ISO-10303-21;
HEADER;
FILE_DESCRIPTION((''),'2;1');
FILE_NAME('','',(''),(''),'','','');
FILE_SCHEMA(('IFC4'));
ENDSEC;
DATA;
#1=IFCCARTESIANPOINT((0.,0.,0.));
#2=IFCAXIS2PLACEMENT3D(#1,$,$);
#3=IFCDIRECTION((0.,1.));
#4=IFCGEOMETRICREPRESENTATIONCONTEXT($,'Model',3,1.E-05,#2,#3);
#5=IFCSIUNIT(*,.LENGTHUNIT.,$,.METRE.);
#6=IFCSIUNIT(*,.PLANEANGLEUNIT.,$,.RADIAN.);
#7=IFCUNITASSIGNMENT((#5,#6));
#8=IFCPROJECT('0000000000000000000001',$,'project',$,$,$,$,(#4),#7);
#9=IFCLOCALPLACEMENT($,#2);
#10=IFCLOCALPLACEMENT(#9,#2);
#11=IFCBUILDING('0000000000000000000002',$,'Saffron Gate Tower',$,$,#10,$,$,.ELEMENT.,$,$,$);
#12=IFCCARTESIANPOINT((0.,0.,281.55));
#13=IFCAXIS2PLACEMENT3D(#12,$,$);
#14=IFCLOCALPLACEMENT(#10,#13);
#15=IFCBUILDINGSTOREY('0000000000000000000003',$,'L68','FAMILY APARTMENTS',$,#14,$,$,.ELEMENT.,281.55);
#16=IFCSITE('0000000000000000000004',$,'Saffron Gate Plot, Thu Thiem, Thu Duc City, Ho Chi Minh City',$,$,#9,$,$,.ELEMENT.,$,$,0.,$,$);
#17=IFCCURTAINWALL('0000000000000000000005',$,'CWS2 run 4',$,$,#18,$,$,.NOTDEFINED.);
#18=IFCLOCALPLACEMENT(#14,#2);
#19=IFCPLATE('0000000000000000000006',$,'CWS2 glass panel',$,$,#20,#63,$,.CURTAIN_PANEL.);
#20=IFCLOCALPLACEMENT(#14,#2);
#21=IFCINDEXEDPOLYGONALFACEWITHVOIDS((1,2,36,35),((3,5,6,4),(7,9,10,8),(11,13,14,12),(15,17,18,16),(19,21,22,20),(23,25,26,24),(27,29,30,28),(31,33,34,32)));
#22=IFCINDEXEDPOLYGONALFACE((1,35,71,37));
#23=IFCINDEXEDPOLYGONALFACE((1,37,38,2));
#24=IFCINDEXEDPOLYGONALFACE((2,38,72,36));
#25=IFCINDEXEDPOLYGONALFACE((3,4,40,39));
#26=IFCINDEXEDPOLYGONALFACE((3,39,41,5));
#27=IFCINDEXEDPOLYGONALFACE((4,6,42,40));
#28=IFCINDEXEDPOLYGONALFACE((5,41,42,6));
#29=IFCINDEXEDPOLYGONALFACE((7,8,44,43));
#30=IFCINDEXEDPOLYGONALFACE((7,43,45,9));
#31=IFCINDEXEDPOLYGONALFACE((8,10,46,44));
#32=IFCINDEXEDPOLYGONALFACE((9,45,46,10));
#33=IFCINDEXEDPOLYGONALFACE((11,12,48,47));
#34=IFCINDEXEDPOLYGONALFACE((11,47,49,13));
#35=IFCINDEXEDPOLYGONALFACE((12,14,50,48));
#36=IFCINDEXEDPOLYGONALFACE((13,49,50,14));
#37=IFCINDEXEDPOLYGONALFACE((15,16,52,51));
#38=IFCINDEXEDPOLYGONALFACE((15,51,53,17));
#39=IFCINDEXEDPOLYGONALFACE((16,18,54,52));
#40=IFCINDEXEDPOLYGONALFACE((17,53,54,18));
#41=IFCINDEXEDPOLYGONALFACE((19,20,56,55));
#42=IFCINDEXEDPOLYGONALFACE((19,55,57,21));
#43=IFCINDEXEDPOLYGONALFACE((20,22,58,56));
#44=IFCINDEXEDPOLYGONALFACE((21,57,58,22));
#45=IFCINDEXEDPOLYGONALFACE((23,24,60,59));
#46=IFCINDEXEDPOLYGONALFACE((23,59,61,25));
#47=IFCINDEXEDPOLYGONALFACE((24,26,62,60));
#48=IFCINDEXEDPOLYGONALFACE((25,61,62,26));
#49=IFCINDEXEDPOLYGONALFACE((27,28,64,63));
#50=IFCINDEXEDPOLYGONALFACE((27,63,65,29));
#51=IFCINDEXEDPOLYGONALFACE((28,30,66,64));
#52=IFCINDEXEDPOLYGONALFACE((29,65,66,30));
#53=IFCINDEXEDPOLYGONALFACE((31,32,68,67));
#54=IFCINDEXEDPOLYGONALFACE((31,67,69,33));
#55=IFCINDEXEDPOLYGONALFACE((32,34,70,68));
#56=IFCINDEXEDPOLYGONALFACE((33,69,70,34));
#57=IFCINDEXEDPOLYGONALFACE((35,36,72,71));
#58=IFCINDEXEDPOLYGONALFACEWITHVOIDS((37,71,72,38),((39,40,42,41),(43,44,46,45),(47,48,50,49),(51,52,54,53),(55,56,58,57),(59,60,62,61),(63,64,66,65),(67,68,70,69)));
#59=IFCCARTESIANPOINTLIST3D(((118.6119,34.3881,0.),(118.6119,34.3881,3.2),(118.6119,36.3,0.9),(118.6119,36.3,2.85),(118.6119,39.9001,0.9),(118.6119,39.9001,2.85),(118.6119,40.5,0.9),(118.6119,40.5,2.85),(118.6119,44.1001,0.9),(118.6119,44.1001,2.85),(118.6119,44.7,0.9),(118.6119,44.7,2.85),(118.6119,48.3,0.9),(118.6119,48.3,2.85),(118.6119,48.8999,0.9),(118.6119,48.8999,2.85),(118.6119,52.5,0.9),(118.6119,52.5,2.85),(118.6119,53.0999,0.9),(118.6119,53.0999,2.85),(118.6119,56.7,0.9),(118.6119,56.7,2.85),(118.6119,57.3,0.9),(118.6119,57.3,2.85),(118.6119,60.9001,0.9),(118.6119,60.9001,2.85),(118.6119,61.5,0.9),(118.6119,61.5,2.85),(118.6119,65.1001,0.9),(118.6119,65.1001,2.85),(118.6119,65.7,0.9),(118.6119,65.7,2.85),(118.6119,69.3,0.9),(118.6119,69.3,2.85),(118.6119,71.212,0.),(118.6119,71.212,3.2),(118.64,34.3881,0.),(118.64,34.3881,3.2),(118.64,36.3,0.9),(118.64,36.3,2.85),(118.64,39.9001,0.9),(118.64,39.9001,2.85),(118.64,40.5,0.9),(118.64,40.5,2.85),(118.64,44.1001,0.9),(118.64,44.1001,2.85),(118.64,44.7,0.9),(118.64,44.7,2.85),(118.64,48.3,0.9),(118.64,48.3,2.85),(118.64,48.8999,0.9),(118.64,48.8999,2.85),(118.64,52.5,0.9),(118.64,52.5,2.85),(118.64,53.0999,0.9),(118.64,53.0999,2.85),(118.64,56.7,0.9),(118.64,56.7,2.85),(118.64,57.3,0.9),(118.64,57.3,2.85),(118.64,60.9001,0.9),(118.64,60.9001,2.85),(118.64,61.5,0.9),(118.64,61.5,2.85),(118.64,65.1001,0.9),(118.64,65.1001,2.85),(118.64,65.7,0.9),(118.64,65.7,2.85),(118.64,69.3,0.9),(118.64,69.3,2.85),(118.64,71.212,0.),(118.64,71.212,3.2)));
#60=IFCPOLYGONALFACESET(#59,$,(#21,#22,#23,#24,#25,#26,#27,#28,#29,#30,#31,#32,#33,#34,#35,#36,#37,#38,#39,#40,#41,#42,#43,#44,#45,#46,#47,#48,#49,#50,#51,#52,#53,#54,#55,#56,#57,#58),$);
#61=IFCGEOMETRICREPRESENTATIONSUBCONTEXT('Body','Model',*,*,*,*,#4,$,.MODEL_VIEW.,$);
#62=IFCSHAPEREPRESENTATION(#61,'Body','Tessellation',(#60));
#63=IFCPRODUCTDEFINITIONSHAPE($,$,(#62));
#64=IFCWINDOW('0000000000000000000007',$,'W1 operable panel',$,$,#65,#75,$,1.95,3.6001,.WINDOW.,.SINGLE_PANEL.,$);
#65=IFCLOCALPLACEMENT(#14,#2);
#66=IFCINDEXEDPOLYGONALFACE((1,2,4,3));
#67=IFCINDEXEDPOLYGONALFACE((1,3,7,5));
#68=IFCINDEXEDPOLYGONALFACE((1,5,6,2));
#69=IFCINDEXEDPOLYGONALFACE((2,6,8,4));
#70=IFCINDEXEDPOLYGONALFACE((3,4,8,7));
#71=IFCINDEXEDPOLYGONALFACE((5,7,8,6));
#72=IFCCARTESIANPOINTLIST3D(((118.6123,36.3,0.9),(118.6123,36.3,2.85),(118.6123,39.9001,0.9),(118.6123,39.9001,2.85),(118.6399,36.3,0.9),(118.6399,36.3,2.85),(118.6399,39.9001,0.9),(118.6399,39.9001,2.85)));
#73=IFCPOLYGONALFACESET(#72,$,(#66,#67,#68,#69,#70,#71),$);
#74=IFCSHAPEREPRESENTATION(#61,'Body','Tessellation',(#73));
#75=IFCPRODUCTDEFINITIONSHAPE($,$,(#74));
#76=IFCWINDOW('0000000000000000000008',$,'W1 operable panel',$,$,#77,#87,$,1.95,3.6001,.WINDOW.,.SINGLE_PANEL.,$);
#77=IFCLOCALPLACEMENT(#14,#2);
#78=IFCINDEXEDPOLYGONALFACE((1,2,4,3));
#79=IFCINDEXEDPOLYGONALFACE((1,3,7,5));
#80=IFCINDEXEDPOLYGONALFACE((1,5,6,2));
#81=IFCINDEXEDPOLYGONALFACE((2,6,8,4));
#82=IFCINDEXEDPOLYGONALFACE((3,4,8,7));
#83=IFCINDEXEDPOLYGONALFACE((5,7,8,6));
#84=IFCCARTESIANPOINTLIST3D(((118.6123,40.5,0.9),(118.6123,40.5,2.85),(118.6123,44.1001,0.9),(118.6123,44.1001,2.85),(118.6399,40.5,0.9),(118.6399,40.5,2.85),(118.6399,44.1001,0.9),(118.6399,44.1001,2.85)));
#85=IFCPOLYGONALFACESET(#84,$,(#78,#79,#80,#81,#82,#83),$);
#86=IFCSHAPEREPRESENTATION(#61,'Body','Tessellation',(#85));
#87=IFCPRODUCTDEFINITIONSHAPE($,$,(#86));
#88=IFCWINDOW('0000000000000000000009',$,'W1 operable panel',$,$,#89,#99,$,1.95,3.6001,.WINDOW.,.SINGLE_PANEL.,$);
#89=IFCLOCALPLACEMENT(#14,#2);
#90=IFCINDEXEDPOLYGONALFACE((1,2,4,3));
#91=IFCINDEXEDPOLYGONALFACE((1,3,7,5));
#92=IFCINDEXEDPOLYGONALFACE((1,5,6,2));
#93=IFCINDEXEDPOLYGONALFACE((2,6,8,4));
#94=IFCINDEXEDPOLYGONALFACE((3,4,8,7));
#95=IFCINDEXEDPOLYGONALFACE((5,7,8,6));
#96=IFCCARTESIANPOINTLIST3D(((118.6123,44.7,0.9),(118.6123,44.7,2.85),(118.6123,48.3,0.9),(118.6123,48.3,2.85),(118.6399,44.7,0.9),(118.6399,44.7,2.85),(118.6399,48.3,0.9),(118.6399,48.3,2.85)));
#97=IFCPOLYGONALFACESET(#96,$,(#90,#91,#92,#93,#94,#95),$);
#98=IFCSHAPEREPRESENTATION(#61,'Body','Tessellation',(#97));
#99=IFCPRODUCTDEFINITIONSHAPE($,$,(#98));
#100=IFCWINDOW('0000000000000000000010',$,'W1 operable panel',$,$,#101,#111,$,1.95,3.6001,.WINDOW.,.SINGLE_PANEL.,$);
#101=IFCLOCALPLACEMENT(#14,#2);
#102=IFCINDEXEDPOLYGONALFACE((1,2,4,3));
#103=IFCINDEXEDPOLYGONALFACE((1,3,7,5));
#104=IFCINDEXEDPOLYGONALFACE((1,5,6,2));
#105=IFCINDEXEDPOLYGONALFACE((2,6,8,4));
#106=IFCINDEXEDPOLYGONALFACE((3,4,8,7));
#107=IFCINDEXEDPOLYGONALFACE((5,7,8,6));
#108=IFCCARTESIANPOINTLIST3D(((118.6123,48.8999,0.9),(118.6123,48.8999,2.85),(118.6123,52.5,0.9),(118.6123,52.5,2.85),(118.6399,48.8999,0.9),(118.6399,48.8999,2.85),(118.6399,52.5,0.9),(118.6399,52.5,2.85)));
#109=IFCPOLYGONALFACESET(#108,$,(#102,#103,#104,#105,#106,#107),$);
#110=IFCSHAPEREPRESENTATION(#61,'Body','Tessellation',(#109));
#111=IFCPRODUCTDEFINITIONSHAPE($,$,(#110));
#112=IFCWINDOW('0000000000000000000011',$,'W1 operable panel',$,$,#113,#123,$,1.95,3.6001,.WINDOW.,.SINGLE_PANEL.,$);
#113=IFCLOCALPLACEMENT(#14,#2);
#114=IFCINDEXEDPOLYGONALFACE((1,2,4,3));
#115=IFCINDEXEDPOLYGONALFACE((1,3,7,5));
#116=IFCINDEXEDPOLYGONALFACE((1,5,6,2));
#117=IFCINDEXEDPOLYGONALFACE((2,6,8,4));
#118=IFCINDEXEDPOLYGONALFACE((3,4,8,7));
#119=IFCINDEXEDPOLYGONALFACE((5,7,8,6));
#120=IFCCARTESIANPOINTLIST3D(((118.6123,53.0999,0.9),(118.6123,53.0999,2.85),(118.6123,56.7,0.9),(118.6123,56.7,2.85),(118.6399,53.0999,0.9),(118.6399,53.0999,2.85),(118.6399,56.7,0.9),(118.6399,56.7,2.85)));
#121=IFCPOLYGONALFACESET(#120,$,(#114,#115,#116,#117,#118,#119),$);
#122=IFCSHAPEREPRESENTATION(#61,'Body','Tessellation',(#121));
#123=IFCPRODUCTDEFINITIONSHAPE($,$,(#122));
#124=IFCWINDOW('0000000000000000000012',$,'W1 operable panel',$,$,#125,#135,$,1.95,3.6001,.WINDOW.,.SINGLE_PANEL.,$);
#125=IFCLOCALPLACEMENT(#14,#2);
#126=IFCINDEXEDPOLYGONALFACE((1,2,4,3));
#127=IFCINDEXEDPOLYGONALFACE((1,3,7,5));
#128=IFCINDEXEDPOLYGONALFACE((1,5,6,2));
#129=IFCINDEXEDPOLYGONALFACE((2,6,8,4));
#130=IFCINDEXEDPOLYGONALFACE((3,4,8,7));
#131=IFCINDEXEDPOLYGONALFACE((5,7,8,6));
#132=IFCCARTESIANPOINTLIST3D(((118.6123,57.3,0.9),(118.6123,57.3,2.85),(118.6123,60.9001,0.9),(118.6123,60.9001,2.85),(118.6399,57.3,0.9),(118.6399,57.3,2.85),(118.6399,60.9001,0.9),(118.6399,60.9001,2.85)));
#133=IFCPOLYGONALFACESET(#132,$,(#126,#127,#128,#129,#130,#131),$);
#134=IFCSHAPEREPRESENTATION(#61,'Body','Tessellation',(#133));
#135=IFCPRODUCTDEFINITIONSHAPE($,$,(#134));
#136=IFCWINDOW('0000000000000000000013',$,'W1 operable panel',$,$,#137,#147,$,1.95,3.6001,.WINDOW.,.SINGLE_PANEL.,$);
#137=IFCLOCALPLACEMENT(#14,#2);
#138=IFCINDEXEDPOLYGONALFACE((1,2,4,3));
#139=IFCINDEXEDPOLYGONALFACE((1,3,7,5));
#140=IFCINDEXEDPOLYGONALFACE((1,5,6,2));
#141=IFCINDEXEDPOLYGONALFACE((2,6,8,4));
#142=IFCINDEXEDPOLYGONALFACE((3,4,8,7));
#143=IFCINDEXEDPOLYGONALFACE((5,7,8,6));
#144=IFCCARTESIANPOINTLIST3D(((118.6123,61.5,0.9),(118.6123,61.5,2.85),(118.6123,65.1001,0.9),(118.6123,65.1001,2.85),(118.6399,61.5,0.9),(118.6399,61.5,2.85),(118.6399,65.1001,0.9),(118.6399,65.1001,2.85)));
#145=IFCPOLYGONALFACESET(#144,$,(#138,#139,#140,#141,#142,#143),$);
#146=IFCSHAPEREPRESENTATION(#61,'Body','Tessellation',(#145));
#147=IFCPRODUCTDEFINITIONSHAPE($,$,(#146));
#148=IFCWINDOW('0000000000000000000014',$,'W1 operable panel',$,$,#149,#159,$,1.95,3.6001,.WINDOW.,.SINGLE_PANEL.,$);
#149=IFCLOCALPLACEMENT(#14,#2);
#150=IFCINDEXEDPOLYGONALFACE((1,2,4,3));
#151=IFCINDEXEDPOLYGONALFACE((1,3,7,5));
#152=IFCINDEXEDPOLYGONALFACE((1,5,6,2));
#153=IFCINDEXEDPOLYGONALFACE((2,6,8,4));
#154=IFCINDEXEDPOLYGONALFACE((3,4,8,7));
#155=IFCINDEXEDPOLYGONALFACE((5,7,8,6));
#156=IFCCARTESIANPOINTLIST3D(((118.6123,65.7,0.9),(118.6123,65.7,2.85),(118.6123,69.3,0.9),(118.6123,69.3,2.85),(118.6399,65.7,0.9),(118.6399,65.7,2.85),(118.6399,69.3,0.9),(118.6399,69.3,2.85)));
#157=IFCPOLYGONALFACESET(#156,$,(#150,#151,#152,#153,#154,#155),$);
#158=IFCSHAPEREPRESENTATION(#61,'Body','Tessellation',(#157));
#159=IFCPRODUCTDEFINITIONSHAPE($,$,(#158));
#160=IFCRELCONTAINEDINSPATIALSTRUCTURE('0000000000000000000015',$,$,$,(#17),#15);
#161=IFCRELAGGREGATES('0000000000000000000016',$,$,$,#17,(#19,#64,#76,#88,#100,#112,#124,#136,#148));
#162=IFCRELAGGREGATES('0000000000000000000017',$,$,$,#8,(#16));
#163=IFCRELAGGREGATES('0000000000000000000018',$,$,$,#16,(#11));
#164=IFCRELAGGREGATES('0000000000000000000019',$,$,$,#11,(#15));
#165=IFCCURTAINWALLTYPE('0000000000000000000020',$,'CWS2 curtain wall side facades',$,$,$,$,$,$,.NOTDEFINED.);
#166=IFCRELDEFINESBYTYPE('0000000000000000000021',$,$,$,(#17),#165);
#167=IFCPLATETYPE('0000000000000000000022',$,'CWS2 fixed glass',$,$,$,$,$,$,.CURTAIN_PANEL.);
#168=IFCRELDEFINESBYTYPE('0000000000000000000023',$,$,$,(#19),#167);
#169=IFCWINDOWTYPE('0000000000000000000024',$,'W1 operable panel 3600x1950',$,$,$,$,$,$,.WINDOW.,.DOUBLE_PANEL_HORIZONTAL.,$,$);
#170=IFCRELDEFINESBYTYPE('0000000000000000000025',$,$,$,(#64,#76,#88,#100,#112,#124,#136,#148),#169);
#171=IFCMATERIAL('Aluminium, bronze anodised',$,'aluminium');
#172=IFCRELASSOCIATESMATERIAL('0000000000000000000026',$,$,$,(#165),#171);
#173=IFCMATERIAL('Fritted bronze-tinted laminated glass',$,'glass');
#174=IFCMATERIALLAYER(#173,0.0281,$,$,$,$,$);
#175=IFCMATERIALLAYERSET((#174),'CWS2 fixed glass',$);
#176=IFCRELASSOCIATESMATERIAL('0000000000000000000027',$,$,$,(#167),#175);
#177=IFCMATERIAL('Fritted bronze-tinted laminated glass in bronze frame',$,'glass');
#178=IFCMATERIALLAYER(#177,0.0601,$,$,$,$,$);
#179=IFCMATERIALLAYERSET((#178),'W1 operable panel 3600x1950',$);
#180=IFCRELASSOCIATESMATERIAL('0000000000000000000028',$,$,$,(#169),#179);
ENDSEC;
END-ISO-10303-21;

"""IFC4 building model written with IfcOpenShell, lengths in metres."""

from ifc_helpers import new_model, si_unit, direction, frame, frame_2d, origin, place, context, subcontext, project, spatial, rectangle, extrude, material, layer, layer_set, type_object, element, fill, aggregate, save


model = new_model("IFC4")

# Units and contexts
model_context = context("Model", 3, precision=1e-05, world=origin(), true_north=direction((0.0, 1.0)))
body_context = subcontext(model_context, "Body", "Model", "MODEL_VIEW")
ifc_project = project(units=[si_unit("LENGTHUNIT", "METRE"), si_unit("PLANEANGLEUNIT", "RADIAN")], contexts=[model_context])

# Site, building, storey
site_placement = place(None, origin())
site = spatial("IfcSite", under=ifc_project, at=site_placement, Name="Saffron Gate Plot, Thu Thiem, Thu Duc City, Ho Chi Minh City", CompositionType="ELEMENT", RefElevation=0.0)
building_placement = place(site_placement, origin())
building = spatial("IfcBuilding", under=site, at=building_placement, Name="Saffron Gate Tower", CompositionType="ELEMENT")
storey_placement = place(building_placement, frame((0.0, 0.0, 281.55)))
storey = spatial("IfcBuildingStorey", under=building, at=storey_placement, Name="L68", Description="FAMILY APARTMENTS", CompositionType="ELEMENT", Elevation=281.55)

# Curtain wall
ifc_material_1 = material(Name="Aluminium, bronze anodised", Category="aluminium")
curtain_wall_type_1 = type_object("IfcCurtainWallType", Name="CWS2 curtain wall side facades", PredefinedType="NOTDEFINED", material=ifc_material_1)
curtain_wall_1_placement = place(storey_placement, origin())
curtain_wall_1 = element("IfcCurtainWall", 1, at=curtain_wall_1_placement, inside=storey, type_object=curtain_wall_type_1, Name="CWS2 run 4", PredefinedType="NOTDEFINED")

# Plate, openings, windows
ifc_material_2 = material(Name="Fritted bronze-tinted laminated glass", Category="glass")
ifc_layer_1 = layer(ifc_material_2, 0.0281)
ifc_layer_set_1 = layer_set([ifc_layer_1], Name="CWS2 fixed glass")
plate_type_1 = type_object("IfcPlateType", Name="CWS2 fixed glass", PredefinedType="CURTAIN_PANEL", material=ifc_layer_set_1)
plate_1_placement = place(storey_placement, frame((118.626, 34.3879, 0.0), z_axis=(0.0, 0.0, 1.0), x_axis=(0.0, 1.0, 0.0)))
plate_1 = element("IfcPlate", 2, at=plate_1_placement, type_object=plate_type_1, Name="CWS2 glass panel", PredefinedType="CURTAIN_PANEL", context=body_context, shape_type="SweptSolid", body=[
    extrude(rectangle(XDim=36.824, YDim=0.0281, at=frame_2d((18.4121, 0.0))), origin(), (0.0, 0.0, 1.0), 3.2),
])
opening_1_placement = place(plate_1_placement, frame((1.9121, 0.0, 0.8999)))
opening_1 = element("IfcOpeningElement", 3, at=opening_1_placement, cuts=plate_1, PredefinedType="OPENING", context=body_context, shape_type="SweptSolid", body=[
    extrude(rectangle(XDim=3.6001, YDim=1.95, at=frame_2d((1.8, 0.9751))), frame((0.0, 0.0239, 0.0), z_axis=(0.0, -1.0, 0.0), x_axis=(1.0, 0.0, 0.0)), (0.0, 0.0, 1.0), 0.0481),
])
opening_2_placement = place(plate_1_placement, frame((6.1121, 0.0, 0.8999)))
opening_2 = element("IfcOpeningElement", 4, at=opening_2_placement, cuts=plate_1, PredefinedType="OPENING", context=body_context, shape_type="SweptSolid", body=[
    extrude(rectangle(XDim=3.6001, YDim=1.95, at=frame_2d((1.8, 0.9751))), frame((0.0, 0.0239, 0.0), z_axis=(0.0, -1.0, 0.0), x_axis=(1.0, 0.0, 0.0)), (0.0, 0.0, 1.0), 0.0481),
])
opening_3_placement = place(plate_1_placement, frame((10.312, 0.0, 0.8999)))
opening_3 = element("IfcOpeningElement", 5, at=opening_3_placement, cuts=plate_1, PredefinedType="OPENING", context=body_context, shape_type="SweptSolid", body=[
    extrude(rectangle(XDim=3.6001, YDim=1.95, at=frame_2d((1.8, 0.9751))), frame((0.0, 0.0239, 0.0), z_axis=(0.0, -1.0, 0.0), x_axis=(1.0, 0.0, 0.0)), (0.0, 0.0, 1.0), 0.0481),
])
opening_4_placement = place(plate_1_placement, frame((14.512, 0.0, 0.8999)))
opening_4 = element("IfcOpeningElement", 6, at=opening_4_placement, cuts=plate_1, PredefinedType="OPENING", context=body_context, shape_type="SweptSolid", body=[
    extrude(rectangle(XDim=3.6001, YDim=1.95, at=frame_2d((1.8, 0.9751))), frame((0.0, 0.0239, 0.0), z_axis=(0.0, -1.0, 0.0), x_axis=(1.0, 0.0, 0.0)), (0.0, 0.0, 1.0), 0.0481),
])
opening_5_placement = place(plate_1_placement, frame((18.7119, 0.0, 0.8999)))
opening_5 = element("IfcOpeningElement", 7, at=opening_5_placement, cuts=plate_1, PredefinedType="OPENING", context=body_context, shape_type="SweptSolid", body=[
    extrude(rectangle(XDim=3.6001, YDim=1.95, at=frame_2d((1.8, 0.9751))), frame((0.0, 0.0239, 0.0), z_axis=(0.0, -1.0, 0.0), x_axis=(1.0, 0.0, 0.0)), (0.0, 0.0, 1.0), 0.0481),
])
opening_6_placement = place(plate_1_placement, frame((22.9121, 0.0, 0.8999)))
opening_6 = element("IfcOpeningElement", 8, at=opening_6_placement, cuts=plate_1, PredefinedType="OPENING", context=body_context, shape_type="SweptSolid", body=[
    extrude(rectangle(XDim=3.6001, YDim=1.95, at=frame_2d((1.8, 0.9751))), frame((0.0, 0.0239, 0.0), z_axis=(0.0, -1.0, 0.0), x_axis=(1.0, 0.0, 0.0)), (0.0, 0.0, 1.0), 0.0481),
])
opening_7_placement = place(plate_1_placement, frame((27.1121, 0.0, 0.8999)))
opening_7 = element("IfcOpeningElement", 9, at=opening_7_placement, cuts=plate_1, PredefinedType="OPENING", context=body_context, shape_type="SweptSolid", body=[
    extrude(rectangle(XDim=3.6001, YDim=1.95, at=frame_2d((1.8, 0.9751))), frame((0.0, 0.0239, 0.0), z_axis=(0.0, -1.0, 0.0), x_axis=(1.0, 0.0, 0.0)), (0.0, 0.0, 1.0), 0.0481),
])
opening_8_placement = place(plate_1_placement, frame((31.312, 0.0, 0.8999)))
opening_8 = element("IfcOpeningElement", 10, at=opening_8_placement, cuts=plate_1, PredefinedType="OPENING", context=body_context, shape_type="SweptSolid", body=[
    extrude(rectangle(XDim=3.6001, YDim=1.95, at=frame_2d((1.8, 0.9751))), frame((0.0, 0.0239, 0.0), z_axis=(0.0, -1.0, 0.0), x_axis=(1.0, 0.0, 0.0)), (0.0, 0.0, 1.0), 0.0481),
])
ifc_material_3 = material(Name="Fritted bronze-tinted laminated glass in bronze frame", Category="glass")
ifc_layer_2 = layer(ifc_material_3, 0.0601)
ifc_layer_set_2 = layer_set([ifc_layer_2], Name="W1 operable panel 3600x1950")
window_type = type_object("IfcWindowType", Name="W1 operable panel 3600x1950", PartitioningType="DOUBLE_PANEL_HORIZONTAL", PredefinedType="WINDOW", material=ifc_layer_set_2)
window_1_placement = place(opening_1_placement, origin())
window_1 = element("IfcWindow", 11, at=window_1_placement, type_object=window_type, Name="W1 operable panel", OverallHeight=1.95, OverallWidth=3.6001, PartitioningType="SINGLE_PANEL", PredefinedType="WINDOW", context=body_context, shape_type="SweptSolid", body=[
    extrude(rectangle(XDim=3.6001, YDim=1.95, at=frame_2d((1.8, 0.9751))), frame((0.0, 0.0137, 0.0), z_axis=(0.0, -1.0, 0.0), x_axis=(1.0, 0.0, 0.0)), (0.0, 0.0, 1.0), 0.0276),
])
fill(opening_1, window_1)
window_2_placement = place(opening_2_placement, origin())
window_2 = element("IfcWindow", 12, at=window_2_placement, type_object=window_type, Name="W1 operable panel", OverallHeight=1.95, OverallWidth=3.6001, PartitioningType="SINGLE_PANEL", PredefinedType="WINDOW", context=body_context, shape_type="SweptSolid", body=[
    extrude(rectangle(XDim=3.6001, YDim=1.95, at=frame_2d((1.8, 0.9751))), frame((0.0, 0.0137, 0.0), z_axis=(0.0, -1.0, 0.0), x_axis=(1.0, 0.0, 0.0)), (0.0, 0.0, 1.0), 0.0276),
])
fill(opening_2, window_2)
window_3_placement = place(opening_3_placement, origin())
window_3 = element("IfcWindow", 13, at=window_3_placement, type_object=window_type, Name="W1 operable panel", OverallHeight=1.95, OverallWidth=3.6001, PartitioningType="SINGLE_PANEL", PredefinedType="WINDOW", context=body_context, shape_type="SweptSolid", body=[
    extrude(rectangle(XDim=3.6001, YDim=1.95, at=frame_2d((1.8, 0.9751))), frame((0.0, 0.0137, 0.0), z_axis=(0.0, -1.0, 0.0), x_axis=(1.0, 0.0, 0.0)), (0.0, 0.0, 1.0), 0.0276),
])
fill(opening_3, window_3)
window_4_placement = place(opening_4_placement, origin())
window_4 = element("IfcWindow", 14, at=window_4_placement, type_object=window_type, Name="W1 operable panel", OverallHeight=1.95, OverallWidth=3.6001, PartitioningType="SINGLE_PANEL", PredefinedType="WINDOW", context=body_context, shape_type="SweptSolid", body=[
    extrude(rectangle(XDim=3.6001, YDim=1.95, at=frame_2d((1.8, 0.9751))), frame((0.0, 0.0137, 0.0), z_axis=(0.0, -1.0, 0.0), x_axis=(1.0, 0.0, 0.0)), (0.0, 0.0, 1.0), 0.0276),
])
fill(opening_4, window_4)
window_5_placement = place(opening_5_placement, origin())
window_5 = element("IfcWindow", 15, at=window_5_placement, type_object=window_type, Name="W1 operable panel", OverallHeight=1.95, OverallWidth=3.6001, PartitioningType="SINGLE_PANEL", PredefinedType="WINDOW", context=body_context, shape_type="SweptSolid", body=[
    extrude(rectangle(XDim=3.6001, YDim=1.95, at=frame_2d((1.8, 0.9751))), frame((0.0, 0.0137, 0.0), z_axis=(0.0, -1.0, 0.0), x_axis=(1.0, 0.0, 0.0)), (0.0, 0.0, 1.0), 0.0276),
])
fill(opening_5, window_5)
window_6_placement = place(opening_6_placement, origin())
window_6 = element("IfcWindow", 16, at=window_6_placement, type_object=window_type, Name="W1 operable panel", OverallHeight=1.95, OverallWidth=3.6001, PartitioningType="SINGLE_PANEL", PredefinedType="WINDOW", context=body_context, shape_type="SweptSolid", body=[
    extrude(rectangle(XDim=3.6001, YDim=1.95, at=frame_2d((1.8, 0.9751))), frame((0.0, 0.0137, 0.0), z_axis=(0.0, -1.0, 0.0), x_axis=(1.0, 0.0, 0.0)), (0.0, 0.0, 1.0), 0.0276),
])
fill(opening_6, window_6)
window_7_placement = place(opening_7_placement, origin())
window_7 = element("IfcWindow", 17, at=window_7_placement, type_object=window_type, Name="W1 operable panel", OverallHeight=1.95, OverallWidth=3.6001, PartitioningType="SINGLE_PANEL", PredefinedType="WINDOW", context=body_context, shape_type="SweptSolid", body=[
    extrude(rectangle(XDim=3.6001, YDim=1.95, at=frame_2d((1.8, 0.9751))), frame((0.0, 0.0137, 0.0), z_axis=(0.0, -1.0, 0.0), x_axis=(1.0, 0.0, 0.0)), (0.0, 0.0, 1.0), 0.0276),
])
fill(opening_7, window_7)
window_8_placement = place(opening_8_placement, origin())
window_8 = element("IfcWindow", 18, at=window_8_placement, type_object=window_type, Name="W1 operable panel", OverallHeight=1.95, OverallWidth=3.6001, PartitioningType="SINGLE_PANEL", PredefinedType="WINDOW", context=body_context, shape_type="SweptSolid", body=[
    extrude(rectangle(XDim=3.6001, YDim=1.95, at=frame_2d((1.8, 0.9751))), frame((0.0, 0.0137, 0.0), z_axis=(0.0, -1.0, 0.0), x_axis=(1.0, 0.0, 0.0)), (0.0, 0.0, 1.0), 0.0276),
])
fill(opening_8, window_8)
aggregate(curtain_wall_1, [plate_1, window_1, window_2, window_3, window_4, window_5, window_6, window_7, window_8])

save(model, "model.ifc")
